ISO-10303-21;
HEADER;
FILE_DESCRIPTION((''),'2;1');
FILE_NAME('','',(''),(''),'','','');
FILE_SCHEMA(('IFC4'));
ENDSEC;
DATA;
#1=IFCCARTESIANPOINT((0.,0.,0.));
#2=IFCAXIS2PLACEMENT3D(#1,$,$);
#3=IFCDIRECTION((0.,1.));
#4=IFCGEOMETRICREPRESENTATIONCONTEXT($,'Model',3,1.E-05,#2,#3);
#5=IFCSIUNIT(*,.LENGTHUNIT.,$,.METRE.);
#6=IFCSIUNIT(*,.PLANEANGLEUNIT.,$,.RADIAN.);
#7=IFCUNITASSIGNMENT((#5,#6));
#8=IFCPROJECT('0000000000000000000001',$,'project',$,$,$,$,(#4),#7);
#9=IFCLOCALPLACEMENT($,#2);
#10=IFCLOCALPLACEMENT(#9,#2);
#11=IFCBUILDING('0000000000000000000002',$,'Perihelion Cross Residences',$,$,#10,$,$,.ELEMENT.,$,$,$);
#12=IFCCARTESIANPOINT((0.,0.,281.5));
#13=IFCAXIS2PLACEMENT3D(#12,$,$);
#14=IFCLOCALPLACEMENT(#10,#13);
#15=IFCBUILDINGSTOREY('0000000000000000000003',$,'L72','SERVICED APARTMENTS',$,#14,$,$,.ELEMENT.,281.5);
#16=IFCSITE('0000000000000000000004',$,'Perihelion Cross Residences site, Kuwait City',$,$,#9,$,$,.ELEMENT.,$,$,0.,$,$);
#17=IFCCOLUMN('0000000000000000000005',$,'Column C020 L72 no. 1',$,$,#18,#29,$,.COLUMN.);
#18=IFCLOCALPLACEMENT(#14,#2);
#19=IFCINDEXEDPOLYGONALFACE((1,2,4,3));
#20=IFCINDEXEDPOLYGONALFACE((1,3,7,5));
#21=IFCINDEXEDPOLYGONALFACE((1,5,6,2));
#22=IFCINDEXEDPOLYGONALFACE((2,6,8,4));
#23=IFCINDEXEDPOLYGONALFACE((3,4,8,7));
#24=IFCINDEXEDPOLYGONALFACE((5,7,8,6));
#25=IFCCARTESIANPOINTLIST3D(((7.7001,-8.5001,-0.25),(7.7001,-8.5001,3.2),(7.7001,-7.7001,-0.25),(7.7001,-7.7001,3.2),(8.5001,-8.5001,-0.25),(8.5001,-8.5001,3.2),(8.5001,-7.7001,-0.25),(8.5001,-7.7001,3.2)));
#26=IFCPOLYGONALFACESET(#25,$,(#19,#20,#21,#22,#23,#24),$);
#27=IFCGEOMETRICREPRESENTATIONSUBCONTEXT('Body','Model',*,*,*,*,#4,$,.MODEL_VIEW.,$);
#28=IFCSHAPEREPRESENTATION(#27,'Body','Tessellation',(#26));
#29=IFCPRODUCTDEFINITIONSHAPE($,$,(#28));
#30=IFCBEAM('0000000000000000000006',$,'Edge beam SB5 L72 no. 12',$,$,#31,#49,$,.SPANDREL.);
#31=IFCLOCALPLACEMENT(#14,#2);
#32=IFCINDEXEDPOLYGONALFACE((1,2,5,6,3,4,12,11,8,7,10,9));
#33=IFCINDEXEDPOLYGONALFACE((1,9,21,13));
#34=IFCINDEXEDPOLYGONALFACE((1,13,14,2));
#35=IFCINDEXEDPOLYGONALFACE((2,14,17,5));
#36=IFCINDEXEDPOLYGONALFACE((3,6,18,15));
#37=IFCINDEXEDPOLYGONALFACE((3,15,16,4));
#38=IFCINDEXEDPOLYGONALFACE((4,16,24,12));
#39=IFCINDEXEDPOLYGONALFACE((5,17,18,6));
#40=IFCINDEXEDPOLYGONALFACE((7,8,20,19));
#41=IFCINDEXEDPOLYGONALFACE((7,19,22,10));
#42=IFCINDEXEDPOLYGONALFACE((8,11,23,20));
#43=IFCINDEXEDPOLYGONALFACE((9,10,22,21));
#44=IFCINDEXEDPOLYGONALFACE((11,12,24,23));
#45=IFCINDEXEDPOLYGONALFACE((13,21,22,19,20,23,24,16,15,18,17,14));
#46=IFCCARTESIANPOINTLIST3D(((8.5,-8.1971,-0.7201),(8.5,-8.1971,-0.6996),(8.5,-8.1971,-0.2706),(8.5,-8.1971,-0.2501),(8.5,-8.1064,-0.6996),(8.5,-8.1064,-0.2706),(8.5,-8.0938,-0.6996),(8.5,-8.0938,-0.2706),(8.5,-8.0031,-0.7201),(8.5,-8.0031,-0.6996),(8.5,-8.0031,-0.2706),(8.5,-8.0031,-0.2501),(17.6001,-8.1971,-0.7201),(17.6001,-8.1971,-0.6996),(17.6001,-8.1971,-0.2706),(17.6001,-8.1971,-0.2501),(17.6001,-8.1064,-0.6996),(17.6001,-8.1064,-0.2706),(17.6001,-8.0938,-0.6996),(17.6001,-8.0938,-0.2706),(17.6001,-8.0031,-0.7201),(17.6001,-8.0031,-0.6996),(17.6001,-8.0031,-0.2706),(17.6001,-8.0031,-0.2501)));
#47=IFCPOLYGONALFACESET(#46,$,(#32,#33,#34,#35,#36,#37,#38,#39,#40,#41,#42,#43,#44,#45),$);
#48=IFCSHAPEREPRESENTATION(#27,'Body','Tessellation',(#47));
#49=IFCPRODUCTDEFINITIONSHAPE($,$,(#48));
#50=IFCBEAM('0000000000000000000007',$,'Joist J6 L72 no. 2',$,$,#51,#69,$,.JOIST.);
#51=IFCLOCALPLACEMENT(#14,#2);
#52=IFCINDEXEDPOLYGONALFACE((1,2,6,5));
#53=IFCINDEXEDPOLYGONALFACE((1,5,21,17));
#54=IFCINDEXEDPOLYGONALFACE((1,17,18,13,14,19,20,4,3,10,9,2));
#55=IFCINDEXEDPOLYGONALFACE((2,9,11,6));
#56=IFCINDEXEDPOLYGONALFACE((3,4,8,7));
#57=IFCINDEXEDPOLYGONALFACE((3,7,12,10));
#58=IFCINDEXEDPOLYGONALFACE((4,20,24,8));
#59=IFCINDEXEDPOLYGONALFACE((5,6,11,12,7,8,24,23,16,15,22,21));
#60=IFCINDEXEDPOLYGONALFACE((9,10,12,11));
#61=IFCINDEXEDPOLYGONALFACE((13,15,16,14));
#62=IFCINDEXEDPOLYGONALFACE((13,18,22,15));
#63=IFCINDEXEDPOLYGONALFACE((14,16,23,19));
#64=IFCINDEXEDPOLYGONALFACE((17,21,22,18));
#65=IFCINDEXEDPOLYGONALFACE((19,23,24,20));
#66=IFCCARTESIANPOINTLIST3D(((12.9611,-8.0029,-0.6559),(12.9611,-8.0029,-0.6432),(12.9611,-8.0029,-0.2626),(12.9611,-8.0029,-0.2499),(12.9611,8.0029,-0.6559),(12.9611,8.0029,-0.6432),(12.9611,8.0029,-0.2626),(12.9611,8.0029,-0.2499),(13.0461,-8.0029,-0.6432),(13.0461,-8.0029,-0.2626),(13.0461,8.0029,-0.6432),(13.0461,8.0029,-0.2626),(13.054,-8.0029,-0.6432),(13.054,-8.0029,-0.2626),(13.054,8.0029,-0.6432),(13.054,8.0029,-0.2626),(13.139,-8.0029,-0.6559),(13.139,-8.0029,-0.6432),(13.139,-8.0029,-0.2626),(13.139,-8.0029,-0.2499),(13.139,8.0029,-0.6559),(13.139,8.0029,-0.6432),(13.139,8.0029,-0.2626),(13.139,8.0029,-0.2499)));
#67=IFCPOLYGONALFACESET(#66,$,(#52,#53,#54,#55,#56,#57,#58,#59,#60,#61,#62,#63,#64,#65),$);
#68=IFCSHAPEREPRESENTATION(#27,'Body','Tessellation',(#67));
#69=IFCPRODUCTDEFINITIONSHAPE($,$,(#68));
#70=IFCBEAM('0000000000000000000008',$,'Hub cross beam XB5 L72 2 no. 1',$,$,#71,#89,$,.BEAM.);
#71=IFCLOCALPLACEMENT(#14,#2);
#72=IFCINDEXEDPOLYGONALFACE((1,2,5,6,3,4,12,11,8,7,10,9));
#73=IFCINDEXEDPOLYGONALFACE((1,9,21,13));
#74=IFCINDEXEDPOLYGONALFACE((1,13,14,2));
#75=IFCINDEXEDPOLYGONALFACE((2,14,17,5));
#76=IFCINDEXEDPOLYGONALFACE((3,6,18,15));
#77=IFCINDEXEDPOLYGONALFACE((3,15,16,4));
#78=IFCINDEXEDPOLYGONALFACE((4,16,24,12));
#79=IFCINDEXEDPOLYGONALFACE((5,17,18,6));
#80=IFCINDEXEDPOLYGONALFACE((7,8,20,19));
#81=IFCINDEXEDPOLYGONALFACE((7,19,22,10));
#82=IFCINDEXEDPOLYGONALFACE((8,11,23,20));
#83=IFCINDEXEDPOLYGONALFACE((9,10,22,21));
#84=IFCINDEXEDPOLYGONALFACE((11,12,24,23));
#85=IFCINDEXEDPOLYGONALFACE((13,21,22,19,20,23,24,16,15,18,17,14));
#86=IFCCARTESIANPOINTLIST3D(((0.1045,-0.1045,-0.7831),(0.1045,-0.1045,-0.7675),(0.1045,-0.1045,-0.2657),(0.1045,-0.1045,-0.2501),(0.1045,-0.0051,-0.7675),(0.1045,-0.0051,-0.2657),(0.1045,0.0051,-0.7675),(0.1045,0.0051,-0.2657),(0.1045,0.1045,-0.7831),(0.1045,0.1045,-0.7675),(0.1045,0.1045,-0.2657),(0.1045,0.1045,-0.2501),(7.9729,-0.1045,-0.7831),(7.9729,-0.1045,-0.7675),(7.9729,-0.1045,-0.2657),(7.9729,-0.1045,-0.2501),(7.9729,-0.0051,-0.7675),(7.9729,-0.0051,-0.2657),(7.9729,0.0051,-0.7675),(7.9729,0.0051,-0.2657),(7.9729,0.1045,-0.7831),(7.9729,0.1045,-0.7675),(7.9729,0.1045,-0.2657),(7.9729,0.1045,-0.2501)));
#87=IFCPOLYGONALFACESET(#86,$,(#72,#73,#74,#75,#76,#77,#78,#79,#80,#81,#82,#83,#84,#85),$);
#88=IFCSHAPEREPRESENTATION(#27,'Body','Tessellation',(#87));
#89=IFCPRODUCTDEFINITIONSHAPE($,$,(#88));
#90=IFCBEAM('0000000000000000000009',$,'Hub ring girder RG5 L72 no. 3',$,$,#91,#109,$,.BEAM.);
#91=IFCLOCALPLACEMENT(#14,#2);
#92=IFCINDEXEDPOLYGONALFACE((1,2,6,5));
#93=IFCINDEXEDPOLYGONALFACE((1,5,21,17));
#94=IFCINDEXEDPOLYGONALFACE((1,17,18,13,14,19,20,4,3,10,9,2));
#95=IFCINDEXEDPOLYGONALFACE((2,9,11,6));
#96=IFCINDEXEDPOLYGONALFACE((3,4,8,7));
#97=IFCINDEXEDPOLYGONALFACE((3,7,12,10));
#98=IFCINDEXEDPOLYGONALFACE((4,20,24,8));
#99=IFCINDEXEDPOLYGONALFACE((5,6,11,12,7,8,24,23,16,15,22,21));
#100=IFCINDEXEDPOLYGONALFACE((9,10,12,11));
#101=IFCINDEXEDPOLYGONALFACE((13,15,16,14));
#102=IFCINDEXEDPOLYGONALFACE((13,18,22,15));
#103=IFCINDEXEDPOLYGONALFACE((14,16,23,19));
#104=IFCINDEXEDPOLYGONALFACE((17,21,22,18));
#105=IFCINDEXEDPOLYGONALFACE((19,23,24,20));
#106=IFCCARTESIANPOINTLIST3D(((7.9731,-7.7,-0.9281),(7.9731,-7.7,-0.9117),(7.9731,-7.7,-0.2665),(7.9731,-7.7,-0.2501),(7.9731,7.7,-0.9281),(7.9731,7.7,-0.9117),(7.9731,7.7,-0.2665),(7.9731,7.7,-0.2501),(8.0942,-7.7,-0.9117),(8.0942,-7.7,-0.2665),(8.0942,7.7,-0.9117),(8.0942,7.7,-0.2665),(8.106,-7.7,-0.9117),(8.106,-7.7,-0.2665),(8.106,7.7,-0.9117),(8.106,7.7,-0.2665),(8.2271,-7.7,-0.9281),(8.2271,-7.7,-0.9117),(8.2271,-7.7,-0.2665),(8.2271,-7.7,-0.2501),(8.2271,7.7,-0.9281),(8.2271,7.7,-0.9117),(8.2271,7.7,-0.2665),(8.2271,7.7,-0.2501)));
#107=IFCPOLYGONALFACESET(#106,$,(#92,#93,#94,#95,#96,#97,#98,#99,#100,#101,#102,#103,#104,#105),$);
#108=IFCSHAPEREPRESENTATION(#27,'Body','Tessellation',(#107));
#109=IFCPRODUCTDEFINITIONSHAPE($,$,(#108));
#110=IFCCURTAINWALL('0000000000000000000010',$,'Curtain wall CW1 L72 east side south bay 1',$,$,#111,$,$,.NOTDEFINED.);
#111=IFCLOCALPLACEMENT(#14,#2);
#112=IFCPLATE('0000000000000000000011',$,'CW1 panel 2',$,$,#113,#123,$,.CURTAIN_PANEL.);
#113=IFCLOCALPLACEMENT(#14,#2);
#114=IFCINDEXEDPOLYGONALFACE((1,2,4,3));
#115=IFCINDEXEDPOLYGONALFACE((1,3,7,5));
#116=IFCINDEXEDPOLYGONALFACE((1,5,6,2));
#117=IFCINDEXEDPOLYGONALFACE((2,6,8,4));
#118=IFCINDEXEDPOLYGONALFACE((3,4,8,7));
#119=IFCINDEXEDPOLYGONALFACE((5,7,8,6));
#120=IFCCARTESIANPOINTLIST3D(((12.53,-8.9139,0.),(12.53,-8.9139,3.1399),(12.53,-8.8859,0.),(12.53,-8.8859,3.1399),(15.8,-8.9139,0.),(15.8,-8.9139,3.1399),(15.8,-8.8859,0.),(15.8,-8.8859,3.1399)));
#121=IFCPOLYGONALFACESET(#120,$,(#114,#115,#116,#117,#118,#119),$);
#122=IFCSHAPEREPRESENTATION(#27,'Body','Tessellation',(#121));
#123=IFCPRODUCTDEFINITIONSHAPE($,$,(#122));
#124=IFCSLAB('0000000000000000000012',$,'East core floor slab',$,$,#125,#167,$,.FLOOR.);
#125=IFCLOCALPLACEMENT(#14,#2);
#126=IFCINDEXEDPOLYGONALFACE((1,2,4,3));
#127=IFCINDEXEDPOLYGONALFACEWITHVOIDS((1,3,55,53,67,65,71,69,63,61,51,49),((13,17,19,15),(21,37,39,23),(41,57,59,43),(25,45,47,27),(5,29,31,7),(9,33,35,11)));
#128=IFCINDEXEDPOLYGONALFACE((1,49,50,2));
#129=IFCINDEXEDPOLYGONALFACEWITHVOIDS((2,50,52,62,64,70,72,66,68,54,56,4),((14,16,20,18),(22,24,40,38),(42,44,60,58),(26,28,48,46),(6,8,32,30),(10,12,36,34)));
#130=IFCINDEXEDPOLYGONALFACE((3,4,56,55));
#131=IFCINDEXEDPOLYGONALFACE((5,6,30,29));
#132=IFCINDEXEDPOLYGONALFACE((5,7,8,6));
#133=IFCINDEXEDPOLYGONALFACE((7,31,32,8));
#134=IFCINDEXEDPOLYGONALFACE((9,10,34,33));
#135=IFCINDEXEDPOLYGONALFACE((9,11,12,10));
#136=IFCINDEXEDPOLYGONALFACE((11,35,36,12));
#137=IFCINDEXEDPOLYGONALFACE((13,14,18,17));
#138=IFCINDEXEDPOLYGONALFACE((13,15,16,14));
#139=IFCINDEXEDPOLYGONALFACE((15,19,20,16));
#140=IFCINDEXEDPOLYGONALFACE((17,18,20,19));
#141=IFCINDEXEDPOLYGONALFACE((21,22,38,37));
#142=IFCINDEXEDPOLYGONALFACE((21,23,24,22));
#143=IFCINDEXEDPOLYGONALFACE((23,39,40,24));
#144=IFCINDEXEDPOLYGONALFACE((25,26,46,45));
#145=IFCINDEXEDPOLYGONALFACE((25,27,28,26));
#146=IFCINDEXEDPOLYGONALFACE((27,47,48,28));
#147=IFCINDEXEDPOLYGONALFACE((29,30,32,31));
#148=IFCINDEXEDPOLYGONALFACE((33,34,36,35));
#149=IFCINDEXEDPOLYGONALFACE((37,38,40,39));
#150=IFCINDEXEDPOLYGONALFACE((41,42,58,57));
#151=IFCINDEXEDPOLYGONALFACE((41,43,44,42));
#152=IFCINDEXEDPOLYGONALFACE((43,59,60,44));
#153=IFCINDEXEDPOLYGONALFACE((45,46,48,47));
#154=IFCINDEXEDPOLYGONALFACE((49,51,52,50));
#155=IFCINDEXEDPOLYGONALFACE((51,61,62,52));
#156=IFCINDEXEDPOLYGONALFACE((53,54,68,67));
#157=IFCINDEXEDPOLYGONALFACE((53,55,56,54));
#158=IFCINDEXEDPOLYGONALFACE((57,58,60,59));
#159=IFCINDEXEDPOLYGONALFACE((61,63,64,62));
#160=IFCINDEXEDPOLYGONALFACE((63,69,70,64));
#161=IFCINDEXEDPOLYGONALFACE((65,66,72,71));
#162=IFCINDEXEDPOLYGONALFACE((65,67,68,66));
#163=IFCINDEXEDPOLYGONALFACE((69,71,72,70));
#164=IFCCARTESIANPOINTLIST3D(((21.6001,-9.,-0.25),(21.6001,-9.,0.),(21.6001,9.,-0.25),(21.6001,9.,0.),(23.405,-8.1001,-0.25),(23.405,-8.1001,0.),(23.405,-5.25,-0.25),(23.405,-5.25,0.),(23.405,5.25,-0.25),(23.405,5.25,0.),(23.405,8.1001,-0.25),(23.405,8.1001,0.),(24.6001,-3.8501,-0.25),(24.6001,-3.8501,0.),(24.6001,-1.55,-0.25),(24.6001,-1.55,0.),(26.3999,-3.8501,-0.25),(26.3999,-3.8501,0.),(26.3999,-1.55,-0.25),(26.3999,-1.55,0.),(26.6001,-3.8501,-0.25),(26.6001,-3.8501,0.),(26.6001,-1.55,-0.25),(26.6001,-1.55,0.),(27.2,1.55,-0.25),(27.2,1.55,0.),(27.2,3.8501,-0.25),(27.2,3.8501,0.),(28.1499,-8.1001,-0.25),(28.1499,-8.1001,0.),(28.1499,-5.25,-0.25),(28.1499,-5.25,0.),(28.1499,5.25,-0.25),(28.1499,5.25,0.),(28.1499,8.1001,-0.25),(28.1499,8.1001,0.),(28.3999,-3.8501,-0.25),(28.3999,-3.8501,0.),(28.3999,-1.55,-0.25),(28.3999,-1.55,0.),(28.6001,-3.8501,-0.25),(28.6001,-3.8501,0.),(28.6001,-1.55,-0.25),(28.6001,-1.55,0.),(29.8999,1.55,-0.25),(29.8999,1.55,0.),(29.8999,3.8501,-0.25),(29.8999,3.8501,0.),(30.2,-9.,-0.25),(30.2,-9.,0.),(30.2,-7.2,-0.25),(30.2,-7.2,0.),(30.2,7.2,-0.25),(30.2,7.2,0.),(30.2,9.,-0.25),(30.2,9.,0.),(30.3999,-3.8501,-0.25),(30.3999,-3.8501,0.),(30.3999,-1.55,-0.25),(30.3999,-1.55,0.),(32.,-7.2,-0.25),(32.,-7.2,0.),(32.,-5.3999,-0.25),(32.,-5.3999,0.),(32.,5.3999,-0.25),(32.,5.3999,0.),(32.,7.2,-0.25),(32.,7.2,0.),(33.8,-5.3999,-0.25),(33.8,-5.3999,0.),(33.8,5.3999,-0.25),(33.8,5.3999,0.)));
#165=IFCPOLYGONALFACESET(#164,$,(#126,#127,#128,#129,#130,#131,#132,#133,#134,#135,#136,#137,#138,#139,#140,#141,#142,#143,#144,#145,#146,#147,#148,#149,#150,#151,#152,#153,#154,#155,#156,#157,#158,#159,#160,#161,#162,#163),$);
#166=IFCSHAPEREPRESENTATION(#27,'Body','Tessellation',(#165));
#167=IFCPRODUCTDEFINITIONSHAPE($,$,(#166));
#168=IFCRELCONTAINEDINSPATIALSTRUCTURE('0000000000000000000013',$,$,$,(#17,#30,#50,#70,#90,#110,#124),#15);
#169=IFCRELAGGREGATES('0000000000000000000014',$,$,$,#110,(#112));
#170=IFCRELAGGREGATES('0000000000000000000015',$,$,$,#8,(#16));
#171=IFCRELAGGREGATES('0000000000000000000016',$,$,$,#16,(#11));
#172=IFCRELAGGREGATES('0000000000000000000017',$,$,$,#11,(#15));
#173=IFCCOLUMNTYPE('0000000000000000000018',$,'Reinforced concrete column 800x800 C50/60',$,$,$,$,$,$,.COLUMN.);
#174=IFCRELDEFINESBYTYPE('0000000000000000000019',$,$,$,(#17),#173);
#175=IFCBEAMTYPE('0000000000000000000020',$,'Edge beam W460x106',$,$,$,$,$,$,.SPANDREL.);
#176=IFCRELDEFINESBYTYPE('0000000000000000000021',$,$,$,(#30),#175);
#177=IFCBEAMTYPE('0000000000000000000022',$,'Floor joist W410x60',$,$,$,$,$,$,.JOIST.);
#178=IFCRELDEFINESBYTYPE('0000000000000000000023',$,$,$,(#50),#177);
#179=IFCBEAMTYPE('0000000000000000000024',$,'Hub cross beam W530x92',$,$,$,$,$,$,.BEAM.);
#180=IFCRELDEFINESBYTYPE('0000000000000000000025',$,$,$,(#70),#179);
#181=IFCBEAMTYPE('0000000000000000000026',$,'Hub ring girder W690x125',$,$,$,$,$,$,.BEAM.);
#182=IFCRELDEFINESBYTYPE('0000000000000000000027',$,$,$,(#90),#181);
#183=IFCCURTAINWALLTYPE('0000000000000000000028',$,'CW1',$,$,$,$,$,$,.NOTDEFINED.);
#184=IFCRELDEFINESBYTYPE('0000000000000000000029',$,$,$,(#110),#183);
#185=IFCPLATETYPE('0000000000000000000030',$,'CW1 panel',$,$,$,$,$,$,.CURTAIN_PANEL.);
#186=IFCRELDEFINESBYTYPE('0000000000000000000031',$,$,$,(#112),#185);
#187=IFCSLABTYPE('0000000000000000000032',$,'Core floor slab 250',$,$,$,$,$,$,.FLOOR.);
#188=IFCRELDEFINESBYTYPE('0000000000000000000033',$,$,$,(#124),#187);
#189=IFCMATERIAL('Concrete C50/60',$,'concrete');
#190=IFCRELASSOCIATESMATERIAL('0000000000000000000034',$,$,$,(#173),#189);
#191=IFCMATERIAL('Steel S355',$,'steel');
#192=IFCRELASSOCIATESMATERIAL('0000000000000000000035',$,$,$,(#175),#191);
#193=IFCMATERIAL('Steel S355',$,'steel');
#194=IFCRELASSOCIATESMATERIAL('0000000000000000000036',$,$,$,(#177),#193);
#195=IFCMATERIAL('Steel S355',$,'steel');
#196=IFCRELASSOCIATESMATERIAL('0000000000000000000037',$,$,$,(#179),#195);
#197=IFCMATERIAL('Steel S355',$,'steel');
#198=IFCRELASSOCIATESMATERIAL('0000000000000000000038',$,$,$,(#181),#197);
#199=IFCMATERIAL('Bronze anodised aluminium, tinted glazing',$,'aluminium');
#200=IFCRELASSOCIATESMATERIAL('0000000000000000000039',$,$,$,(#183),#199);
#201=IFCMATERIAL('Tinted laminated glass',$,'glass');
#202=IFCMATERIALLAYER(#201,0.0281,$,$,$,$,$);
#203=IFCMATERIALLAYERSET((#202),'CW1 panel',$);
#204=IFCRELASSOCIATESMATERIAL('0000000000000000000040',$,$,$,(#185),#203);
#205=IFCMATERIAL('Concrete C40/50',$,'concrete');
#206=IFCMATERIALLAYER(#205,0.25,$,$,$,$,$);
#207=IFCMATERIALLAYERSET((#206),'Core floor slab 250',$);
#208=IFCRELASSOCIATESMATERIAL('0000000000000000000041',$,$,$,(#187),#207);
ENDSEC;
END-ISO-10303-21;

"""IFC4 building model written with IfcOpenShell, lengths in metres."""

from ifc_helpers import new_model, si_unit, direction, frame, origin, origin_2d, place, context, subcontext, project, spatial, polyline, rectangle, i_section, outline, extrude, material, layer, layer_set, material_profile, profile_set, type_object, element, aggregate, save


model = new_model("IFC4")

# Units and contexts
model_context = context("Model", 3, precision=1e-05, world=origin(), true_north=direction((0.0, 1.0)))
body_context = subcontext(model_context, "Body", "Model", "MODEL_VIEW")
ifc_project = project(units=[si_unit("LENGTHUNIT", "METRE"), si_unit("PLANEANGLEUNIT", "RADIAN")], contexts=[model_context])

# Site, building, storey
site_placement = place(None, origin())
site = spatial("IfcSite", under=ifc_project, at=site_placement, Name="Perihelion Cross Residences site, Kuwait City", CompositionType="ELEMENT", RefElevation=0.0)
building_placement = place(site_placement, origin())
building = spatial("IfcBuilding", under=site, at=building_placement, Name="Perihelion Cross Residences", CompositionType="ELEMENT")
storey_placement = place(building_placement, frame((0.0, 0.0, 281.5)))
storey = spatial("IfcBuildingStorey", under=building, at=storey_placement, Name="L72", Description="SERVICED APARTMENTS", CompositionType="ELEMENT", Elevation=281.5)

# Column
ifc_material_1 = material(Name="Concrete C50/60", Category="concrete")
ifc_material_profile_1 = material_profile(ifc_material_1, rectangle(XDim=0.8, YDim=0.8, at=origin_2d()), Name="RC 800x800")
ifc_profile_set_1 = profile_set([ifc_material_profile_1], Name="Concrete C50/60")
column_type = type_object("IfcColumnType", Name="Reinforced concrete column 800x800 C50/60", PredefinedType="COLUMN", material=ifc_profile_set_1)
column_placement = place(storey_placement, frame((8.1001, -8.1001, -0.25), z_axis=(0.0, 0.0, 1.0), x_axis=(1.0, 0.0, 0.0)))
element("IfcColumn", 1, at=column_placement, inside=storey, type_object=column_type, Name="Column C020 L72 no. 1", PredefinedType="COLUMN", context=body_context, shape_type="SweptSolid", body=[
    extrude(rectangle(XDim=0.8, YDim=0.8, at=origin_2d()), origin(), (0.0, 0.0, 1.0), 3.45),
])

# Beams
ifc_material_2 = material(Name="Steel S355", Category="steel")
ifc_material_profile_2 = material_profile(ifc_material_2, i_section(OverallWidth=0.1941, OverallDepth=0.47, WebThickness=0.0127, FlangeThickness=0.0205, at=origin_2d()), Name="W460x106")
ifc_profile_set_2 = profile_set([ifc_material_profile_2], Name="Steel S355")
beam_type_1 = type_object("IfcBeamType", Name="Edge beam W460x106", PredefinedType="SPANDREL", material=ifc_profile_set_2)
beam_1_placement = place(storey_placement, frame((8.5, -8.1001, -0.4851), z_axis=(1.0, 0.0, 0.0), x_axis=(0.0, 1.0, 0.0)))
element("IfcBeam", 2, at=beam_1_placement, inside=storey, type_object=beam_type_1, Name="Edge beam SB5 L72 no. 12", PredefinedType="SPANDREL", context=body_context, shape_type="SweptSolid", body=[
    extrude(i_section(OverallWidth=0.1941, OverallDepth=0.47, WebThickness=0.0127, FlangeThickness=0.0205, at=origin_2d()), origin(), (0.0, 0.0, 1.0), 9.1001),
])
ifc_material_3 = material(Name="Steel S355", Category="steel")
ifc_material_profile_3 = material_profile(ifc_material_3, i_section(OverallWidth=0.178, OverallDepth=0.406, WebThickness=0.0078, FlangeThickness=0.0127, at=origin_2d()), Name="W410x60")
ifc_profile_set_3 = profile_set([ifc_material_profile_3], Name="Steel S355")
beam_type_2 = type_object("IfcBeamType", Name="Floor joist W410x60", PredefinedType="JOIST", material=ifc_profile_set_3)
beam_2_placement = place(storey_placement, frame((13.05, -8.0029, -0.4529), z_axis=(0.0, 1.0, 0.0), x_axis=(-1.0, 0.0, 0.0)))
element("IfcBeam", 3, at=beam_2_placement, inside=storey, type_object=beam_type_2, Name="Joist J6 L72 no. 2", PredefinedType="JOIST", context=body_context, shape_type="SweptSolid", body=[
    extrude(i_section(OverallWidth=0.178, OverallDepth=0.406, WebThickness=0.0078, FlangeThickness=0.0127, at=origin_2d()), origin(), (0.0, 0.0, 1.0), 16.0059),
])
ifc_material_4 = material(Name="Steel S355", Category="steel")
ifc_material_profile_4 = material_profile(ifc_material_4, i_section(OverallWidth=0.209, OverallDepth=0.533, WebThickness=0.0103, FlangeThickness=0.0156, at=origin_2d()), Name="W530x92")
ifc_profile_set_4 = profile_set([ifc_material_profile_4], Name="Steel S355")
beam_type_3 = type_object("IfcBeamType", Name="Hub cross beam W530x92", PredefinedType="BEAM", material=ifc_profile_set_4)
beam_3_placement = place(storey_placement, frame((0.1045, 0.0, -0.5166), z_axis=(1.0, 0.0, 0.0), x_axis=(0.0, 1.0, 0.0)))
element("IfcBeam", 4, at=beam_3_placement, inside=storey, type_object=beam_type_3, Name="Hub cross beam XB5 L72 2 no. 1", PredefinedType="BEAM", context=body_context, shape_type="SweptSolid", body=[
    extrude(i_section(OverallWidth=0.209, OverallDepth=0.533, WebThickness=0.0103, FlangeThickness=0.0156, at=origin_2d()), origin(), (0.0, 0.0, 1.0), 7.8684),
])
ifc_material_5 = material(Name="Steel S355", Category="steel")
ifc_material_profile_5 = material_profile(ifc_material_5, i_section(OverallWidth=0.2539, OverallDepth=0.678, WebThickness=0.0117, FlangeThickness=0.0164, at=origin_2d()), Name="W690x125")
ifc_profile_set_5 = profile_set([ifc_material_profile_5], Name="Steel S355")
beam_type_4 = type_object("IfcBeamType", Name="Hub ring girder W690x125", PredefinedType="BEAM", material=ifc_profile_set_5)
beam_4_placement = place(storey_placement, frame((8.1001, -7.7, -0.5891), z_axis=(0.0, 1.0, 0.0), x_axis=(-1.0, 0.0, 0.0)))
element("IfcBeam", 5, at=beam_4_placement, inside=storey, type_object=beam_type_4, Name="Hub ring girder RG5 L72 no. 3", PredefinedType="BEAM", context=body_context, shape_type="SweptSolid", body=[
    extrude(i_section(OverallWidth=0.2539, OverallDepth=0.678, WebThickness=0.0117, FlangeThickness=0.0164, at=origin_2d()), origin(), (0.0, 0.0, 1.0), 15.3999),
])

# Curtain wall, plate
ifc_material_6 = material(Name="Bronze anodised aluminium, tinted glazing", Category="aluminium")
curtain_wall_type = type_object("IfcCurtainWallType", Name="CW1", PredefinedType="NOTDEFINED", material=ifc_material_6)
curtain_wall_placement = place(storey_placement, origin())
curtain_wall = element("IfcCurtainWall", 6, at=curtain_wall_placement, inside=storey, type_object=curtain_wall_type, Name="Curtain wall CW1 L72 east side south bay 1", PredefinedType="NOTDEFINED")
ifc_material_7 = material(Name="Tinted laminated glass", Category="glass")
ifc_layer_1 = layer(ifc_material_7, 0.0281)
ifc_layer_set_1 = layer_set([ifc_layer_1], Name="CW1 panel")
plate_type = type_object("IfcPlateType", Name="CW1 panel", PredefinedType="CURTAIN_PANEL", material=ifc_layer_set_1)
plate_placement = place(storey_placement, frame((14.165, -8.8999, 0.0), z_axis=(0.0, 0.0, 1.0), x_axis=(1.0, 0.0, 0.0)))
plate = element("IfcPlate", 7, at=plate_placement, type_object=plate_type, Name="CW1 panel 2", PredefinedType="CURTAIN_PANEL", context=body_context, shape_type="SweptSolid", body=[
    extrude(rectangle(XDim=3.27, YDim=0.0281, at=origin_2d()), origin(), (0.0, 0.0, 1.0), 3.1399),
])
aggregate(curtain_wall, [plate])

# Slab
ifc_material_8 = material(Name="Concrete C40/50", Category="concrete")
ifc_layer_2 = layer(ifc_material_8, 0.25)
ifc_layer_set_2 = layer_set([ifc_layer_2], Name="Core floor slab 250")
slab_type_1 = type_object("IfcSlabType", Name="Core floor slab 250", PredefinedType="FLOOR", material=ifc_layer_set_2)
slab_1_placement = place(storey_placement, frame((0.0, 0.0, -0.25)))
element("IfcSlab", 8, at=slab_1_placement, inside=storey, type_object=slab_type_1, Name="East core floor slab", PredefinedType="FLOOR", context=body_context, shape_type="SweptSolid", body=[
    extrude(outline(polyline([(30.2, 7.2), (32.0, 7.2), (32.0, 5.3999), (33.8, 5.3999), (33.8, -5.3999), (32.0, -5.3999), (32.0, -7.2), (30.2, -7.2), (30.2, -9.0), (21.6001, -9.0), (21.6001, 9.0), (30.2, 9.0), (30.2, 7.2)]), holes=[polyline([(28.1499, -8.1001), (28.1499, -5.25), (23.405, -5.25), (23.405, -8.1001), (28.1499, -8.1001)]), polyline([(24.6001, -1.55), (24.6001, -3.8501), (26.3999, -3.8501), (26.3999, -1.55), (24.6001, -1.55)]), polyline([(26.6001, -1.55), (26.6001, -3.8501), (28.3999, -3.8501), (28.3999, -1.55), (26.6001, -1.55)]), polyline([(28.6001, -3.8501), (30.3999, -3.8501), (30.3999, -1.55), (28.6001, -1.55), (28.6001, -3.8501)]), polyline([(27.2, 3.8501), (27.2, 1.55), (29.8999, 1.55), (29.8999, 3.8501), (27.2, 3.8501)]), polyline([(23.405, 5.25), (28.1499, 5.25), (28.1499, 8.1001), (23.405, 8.1001), (23.405, 5.25)])]), origin(), (0.0, 0.0, 1.0), 0.25),
])

save(model, "model.ifc")
